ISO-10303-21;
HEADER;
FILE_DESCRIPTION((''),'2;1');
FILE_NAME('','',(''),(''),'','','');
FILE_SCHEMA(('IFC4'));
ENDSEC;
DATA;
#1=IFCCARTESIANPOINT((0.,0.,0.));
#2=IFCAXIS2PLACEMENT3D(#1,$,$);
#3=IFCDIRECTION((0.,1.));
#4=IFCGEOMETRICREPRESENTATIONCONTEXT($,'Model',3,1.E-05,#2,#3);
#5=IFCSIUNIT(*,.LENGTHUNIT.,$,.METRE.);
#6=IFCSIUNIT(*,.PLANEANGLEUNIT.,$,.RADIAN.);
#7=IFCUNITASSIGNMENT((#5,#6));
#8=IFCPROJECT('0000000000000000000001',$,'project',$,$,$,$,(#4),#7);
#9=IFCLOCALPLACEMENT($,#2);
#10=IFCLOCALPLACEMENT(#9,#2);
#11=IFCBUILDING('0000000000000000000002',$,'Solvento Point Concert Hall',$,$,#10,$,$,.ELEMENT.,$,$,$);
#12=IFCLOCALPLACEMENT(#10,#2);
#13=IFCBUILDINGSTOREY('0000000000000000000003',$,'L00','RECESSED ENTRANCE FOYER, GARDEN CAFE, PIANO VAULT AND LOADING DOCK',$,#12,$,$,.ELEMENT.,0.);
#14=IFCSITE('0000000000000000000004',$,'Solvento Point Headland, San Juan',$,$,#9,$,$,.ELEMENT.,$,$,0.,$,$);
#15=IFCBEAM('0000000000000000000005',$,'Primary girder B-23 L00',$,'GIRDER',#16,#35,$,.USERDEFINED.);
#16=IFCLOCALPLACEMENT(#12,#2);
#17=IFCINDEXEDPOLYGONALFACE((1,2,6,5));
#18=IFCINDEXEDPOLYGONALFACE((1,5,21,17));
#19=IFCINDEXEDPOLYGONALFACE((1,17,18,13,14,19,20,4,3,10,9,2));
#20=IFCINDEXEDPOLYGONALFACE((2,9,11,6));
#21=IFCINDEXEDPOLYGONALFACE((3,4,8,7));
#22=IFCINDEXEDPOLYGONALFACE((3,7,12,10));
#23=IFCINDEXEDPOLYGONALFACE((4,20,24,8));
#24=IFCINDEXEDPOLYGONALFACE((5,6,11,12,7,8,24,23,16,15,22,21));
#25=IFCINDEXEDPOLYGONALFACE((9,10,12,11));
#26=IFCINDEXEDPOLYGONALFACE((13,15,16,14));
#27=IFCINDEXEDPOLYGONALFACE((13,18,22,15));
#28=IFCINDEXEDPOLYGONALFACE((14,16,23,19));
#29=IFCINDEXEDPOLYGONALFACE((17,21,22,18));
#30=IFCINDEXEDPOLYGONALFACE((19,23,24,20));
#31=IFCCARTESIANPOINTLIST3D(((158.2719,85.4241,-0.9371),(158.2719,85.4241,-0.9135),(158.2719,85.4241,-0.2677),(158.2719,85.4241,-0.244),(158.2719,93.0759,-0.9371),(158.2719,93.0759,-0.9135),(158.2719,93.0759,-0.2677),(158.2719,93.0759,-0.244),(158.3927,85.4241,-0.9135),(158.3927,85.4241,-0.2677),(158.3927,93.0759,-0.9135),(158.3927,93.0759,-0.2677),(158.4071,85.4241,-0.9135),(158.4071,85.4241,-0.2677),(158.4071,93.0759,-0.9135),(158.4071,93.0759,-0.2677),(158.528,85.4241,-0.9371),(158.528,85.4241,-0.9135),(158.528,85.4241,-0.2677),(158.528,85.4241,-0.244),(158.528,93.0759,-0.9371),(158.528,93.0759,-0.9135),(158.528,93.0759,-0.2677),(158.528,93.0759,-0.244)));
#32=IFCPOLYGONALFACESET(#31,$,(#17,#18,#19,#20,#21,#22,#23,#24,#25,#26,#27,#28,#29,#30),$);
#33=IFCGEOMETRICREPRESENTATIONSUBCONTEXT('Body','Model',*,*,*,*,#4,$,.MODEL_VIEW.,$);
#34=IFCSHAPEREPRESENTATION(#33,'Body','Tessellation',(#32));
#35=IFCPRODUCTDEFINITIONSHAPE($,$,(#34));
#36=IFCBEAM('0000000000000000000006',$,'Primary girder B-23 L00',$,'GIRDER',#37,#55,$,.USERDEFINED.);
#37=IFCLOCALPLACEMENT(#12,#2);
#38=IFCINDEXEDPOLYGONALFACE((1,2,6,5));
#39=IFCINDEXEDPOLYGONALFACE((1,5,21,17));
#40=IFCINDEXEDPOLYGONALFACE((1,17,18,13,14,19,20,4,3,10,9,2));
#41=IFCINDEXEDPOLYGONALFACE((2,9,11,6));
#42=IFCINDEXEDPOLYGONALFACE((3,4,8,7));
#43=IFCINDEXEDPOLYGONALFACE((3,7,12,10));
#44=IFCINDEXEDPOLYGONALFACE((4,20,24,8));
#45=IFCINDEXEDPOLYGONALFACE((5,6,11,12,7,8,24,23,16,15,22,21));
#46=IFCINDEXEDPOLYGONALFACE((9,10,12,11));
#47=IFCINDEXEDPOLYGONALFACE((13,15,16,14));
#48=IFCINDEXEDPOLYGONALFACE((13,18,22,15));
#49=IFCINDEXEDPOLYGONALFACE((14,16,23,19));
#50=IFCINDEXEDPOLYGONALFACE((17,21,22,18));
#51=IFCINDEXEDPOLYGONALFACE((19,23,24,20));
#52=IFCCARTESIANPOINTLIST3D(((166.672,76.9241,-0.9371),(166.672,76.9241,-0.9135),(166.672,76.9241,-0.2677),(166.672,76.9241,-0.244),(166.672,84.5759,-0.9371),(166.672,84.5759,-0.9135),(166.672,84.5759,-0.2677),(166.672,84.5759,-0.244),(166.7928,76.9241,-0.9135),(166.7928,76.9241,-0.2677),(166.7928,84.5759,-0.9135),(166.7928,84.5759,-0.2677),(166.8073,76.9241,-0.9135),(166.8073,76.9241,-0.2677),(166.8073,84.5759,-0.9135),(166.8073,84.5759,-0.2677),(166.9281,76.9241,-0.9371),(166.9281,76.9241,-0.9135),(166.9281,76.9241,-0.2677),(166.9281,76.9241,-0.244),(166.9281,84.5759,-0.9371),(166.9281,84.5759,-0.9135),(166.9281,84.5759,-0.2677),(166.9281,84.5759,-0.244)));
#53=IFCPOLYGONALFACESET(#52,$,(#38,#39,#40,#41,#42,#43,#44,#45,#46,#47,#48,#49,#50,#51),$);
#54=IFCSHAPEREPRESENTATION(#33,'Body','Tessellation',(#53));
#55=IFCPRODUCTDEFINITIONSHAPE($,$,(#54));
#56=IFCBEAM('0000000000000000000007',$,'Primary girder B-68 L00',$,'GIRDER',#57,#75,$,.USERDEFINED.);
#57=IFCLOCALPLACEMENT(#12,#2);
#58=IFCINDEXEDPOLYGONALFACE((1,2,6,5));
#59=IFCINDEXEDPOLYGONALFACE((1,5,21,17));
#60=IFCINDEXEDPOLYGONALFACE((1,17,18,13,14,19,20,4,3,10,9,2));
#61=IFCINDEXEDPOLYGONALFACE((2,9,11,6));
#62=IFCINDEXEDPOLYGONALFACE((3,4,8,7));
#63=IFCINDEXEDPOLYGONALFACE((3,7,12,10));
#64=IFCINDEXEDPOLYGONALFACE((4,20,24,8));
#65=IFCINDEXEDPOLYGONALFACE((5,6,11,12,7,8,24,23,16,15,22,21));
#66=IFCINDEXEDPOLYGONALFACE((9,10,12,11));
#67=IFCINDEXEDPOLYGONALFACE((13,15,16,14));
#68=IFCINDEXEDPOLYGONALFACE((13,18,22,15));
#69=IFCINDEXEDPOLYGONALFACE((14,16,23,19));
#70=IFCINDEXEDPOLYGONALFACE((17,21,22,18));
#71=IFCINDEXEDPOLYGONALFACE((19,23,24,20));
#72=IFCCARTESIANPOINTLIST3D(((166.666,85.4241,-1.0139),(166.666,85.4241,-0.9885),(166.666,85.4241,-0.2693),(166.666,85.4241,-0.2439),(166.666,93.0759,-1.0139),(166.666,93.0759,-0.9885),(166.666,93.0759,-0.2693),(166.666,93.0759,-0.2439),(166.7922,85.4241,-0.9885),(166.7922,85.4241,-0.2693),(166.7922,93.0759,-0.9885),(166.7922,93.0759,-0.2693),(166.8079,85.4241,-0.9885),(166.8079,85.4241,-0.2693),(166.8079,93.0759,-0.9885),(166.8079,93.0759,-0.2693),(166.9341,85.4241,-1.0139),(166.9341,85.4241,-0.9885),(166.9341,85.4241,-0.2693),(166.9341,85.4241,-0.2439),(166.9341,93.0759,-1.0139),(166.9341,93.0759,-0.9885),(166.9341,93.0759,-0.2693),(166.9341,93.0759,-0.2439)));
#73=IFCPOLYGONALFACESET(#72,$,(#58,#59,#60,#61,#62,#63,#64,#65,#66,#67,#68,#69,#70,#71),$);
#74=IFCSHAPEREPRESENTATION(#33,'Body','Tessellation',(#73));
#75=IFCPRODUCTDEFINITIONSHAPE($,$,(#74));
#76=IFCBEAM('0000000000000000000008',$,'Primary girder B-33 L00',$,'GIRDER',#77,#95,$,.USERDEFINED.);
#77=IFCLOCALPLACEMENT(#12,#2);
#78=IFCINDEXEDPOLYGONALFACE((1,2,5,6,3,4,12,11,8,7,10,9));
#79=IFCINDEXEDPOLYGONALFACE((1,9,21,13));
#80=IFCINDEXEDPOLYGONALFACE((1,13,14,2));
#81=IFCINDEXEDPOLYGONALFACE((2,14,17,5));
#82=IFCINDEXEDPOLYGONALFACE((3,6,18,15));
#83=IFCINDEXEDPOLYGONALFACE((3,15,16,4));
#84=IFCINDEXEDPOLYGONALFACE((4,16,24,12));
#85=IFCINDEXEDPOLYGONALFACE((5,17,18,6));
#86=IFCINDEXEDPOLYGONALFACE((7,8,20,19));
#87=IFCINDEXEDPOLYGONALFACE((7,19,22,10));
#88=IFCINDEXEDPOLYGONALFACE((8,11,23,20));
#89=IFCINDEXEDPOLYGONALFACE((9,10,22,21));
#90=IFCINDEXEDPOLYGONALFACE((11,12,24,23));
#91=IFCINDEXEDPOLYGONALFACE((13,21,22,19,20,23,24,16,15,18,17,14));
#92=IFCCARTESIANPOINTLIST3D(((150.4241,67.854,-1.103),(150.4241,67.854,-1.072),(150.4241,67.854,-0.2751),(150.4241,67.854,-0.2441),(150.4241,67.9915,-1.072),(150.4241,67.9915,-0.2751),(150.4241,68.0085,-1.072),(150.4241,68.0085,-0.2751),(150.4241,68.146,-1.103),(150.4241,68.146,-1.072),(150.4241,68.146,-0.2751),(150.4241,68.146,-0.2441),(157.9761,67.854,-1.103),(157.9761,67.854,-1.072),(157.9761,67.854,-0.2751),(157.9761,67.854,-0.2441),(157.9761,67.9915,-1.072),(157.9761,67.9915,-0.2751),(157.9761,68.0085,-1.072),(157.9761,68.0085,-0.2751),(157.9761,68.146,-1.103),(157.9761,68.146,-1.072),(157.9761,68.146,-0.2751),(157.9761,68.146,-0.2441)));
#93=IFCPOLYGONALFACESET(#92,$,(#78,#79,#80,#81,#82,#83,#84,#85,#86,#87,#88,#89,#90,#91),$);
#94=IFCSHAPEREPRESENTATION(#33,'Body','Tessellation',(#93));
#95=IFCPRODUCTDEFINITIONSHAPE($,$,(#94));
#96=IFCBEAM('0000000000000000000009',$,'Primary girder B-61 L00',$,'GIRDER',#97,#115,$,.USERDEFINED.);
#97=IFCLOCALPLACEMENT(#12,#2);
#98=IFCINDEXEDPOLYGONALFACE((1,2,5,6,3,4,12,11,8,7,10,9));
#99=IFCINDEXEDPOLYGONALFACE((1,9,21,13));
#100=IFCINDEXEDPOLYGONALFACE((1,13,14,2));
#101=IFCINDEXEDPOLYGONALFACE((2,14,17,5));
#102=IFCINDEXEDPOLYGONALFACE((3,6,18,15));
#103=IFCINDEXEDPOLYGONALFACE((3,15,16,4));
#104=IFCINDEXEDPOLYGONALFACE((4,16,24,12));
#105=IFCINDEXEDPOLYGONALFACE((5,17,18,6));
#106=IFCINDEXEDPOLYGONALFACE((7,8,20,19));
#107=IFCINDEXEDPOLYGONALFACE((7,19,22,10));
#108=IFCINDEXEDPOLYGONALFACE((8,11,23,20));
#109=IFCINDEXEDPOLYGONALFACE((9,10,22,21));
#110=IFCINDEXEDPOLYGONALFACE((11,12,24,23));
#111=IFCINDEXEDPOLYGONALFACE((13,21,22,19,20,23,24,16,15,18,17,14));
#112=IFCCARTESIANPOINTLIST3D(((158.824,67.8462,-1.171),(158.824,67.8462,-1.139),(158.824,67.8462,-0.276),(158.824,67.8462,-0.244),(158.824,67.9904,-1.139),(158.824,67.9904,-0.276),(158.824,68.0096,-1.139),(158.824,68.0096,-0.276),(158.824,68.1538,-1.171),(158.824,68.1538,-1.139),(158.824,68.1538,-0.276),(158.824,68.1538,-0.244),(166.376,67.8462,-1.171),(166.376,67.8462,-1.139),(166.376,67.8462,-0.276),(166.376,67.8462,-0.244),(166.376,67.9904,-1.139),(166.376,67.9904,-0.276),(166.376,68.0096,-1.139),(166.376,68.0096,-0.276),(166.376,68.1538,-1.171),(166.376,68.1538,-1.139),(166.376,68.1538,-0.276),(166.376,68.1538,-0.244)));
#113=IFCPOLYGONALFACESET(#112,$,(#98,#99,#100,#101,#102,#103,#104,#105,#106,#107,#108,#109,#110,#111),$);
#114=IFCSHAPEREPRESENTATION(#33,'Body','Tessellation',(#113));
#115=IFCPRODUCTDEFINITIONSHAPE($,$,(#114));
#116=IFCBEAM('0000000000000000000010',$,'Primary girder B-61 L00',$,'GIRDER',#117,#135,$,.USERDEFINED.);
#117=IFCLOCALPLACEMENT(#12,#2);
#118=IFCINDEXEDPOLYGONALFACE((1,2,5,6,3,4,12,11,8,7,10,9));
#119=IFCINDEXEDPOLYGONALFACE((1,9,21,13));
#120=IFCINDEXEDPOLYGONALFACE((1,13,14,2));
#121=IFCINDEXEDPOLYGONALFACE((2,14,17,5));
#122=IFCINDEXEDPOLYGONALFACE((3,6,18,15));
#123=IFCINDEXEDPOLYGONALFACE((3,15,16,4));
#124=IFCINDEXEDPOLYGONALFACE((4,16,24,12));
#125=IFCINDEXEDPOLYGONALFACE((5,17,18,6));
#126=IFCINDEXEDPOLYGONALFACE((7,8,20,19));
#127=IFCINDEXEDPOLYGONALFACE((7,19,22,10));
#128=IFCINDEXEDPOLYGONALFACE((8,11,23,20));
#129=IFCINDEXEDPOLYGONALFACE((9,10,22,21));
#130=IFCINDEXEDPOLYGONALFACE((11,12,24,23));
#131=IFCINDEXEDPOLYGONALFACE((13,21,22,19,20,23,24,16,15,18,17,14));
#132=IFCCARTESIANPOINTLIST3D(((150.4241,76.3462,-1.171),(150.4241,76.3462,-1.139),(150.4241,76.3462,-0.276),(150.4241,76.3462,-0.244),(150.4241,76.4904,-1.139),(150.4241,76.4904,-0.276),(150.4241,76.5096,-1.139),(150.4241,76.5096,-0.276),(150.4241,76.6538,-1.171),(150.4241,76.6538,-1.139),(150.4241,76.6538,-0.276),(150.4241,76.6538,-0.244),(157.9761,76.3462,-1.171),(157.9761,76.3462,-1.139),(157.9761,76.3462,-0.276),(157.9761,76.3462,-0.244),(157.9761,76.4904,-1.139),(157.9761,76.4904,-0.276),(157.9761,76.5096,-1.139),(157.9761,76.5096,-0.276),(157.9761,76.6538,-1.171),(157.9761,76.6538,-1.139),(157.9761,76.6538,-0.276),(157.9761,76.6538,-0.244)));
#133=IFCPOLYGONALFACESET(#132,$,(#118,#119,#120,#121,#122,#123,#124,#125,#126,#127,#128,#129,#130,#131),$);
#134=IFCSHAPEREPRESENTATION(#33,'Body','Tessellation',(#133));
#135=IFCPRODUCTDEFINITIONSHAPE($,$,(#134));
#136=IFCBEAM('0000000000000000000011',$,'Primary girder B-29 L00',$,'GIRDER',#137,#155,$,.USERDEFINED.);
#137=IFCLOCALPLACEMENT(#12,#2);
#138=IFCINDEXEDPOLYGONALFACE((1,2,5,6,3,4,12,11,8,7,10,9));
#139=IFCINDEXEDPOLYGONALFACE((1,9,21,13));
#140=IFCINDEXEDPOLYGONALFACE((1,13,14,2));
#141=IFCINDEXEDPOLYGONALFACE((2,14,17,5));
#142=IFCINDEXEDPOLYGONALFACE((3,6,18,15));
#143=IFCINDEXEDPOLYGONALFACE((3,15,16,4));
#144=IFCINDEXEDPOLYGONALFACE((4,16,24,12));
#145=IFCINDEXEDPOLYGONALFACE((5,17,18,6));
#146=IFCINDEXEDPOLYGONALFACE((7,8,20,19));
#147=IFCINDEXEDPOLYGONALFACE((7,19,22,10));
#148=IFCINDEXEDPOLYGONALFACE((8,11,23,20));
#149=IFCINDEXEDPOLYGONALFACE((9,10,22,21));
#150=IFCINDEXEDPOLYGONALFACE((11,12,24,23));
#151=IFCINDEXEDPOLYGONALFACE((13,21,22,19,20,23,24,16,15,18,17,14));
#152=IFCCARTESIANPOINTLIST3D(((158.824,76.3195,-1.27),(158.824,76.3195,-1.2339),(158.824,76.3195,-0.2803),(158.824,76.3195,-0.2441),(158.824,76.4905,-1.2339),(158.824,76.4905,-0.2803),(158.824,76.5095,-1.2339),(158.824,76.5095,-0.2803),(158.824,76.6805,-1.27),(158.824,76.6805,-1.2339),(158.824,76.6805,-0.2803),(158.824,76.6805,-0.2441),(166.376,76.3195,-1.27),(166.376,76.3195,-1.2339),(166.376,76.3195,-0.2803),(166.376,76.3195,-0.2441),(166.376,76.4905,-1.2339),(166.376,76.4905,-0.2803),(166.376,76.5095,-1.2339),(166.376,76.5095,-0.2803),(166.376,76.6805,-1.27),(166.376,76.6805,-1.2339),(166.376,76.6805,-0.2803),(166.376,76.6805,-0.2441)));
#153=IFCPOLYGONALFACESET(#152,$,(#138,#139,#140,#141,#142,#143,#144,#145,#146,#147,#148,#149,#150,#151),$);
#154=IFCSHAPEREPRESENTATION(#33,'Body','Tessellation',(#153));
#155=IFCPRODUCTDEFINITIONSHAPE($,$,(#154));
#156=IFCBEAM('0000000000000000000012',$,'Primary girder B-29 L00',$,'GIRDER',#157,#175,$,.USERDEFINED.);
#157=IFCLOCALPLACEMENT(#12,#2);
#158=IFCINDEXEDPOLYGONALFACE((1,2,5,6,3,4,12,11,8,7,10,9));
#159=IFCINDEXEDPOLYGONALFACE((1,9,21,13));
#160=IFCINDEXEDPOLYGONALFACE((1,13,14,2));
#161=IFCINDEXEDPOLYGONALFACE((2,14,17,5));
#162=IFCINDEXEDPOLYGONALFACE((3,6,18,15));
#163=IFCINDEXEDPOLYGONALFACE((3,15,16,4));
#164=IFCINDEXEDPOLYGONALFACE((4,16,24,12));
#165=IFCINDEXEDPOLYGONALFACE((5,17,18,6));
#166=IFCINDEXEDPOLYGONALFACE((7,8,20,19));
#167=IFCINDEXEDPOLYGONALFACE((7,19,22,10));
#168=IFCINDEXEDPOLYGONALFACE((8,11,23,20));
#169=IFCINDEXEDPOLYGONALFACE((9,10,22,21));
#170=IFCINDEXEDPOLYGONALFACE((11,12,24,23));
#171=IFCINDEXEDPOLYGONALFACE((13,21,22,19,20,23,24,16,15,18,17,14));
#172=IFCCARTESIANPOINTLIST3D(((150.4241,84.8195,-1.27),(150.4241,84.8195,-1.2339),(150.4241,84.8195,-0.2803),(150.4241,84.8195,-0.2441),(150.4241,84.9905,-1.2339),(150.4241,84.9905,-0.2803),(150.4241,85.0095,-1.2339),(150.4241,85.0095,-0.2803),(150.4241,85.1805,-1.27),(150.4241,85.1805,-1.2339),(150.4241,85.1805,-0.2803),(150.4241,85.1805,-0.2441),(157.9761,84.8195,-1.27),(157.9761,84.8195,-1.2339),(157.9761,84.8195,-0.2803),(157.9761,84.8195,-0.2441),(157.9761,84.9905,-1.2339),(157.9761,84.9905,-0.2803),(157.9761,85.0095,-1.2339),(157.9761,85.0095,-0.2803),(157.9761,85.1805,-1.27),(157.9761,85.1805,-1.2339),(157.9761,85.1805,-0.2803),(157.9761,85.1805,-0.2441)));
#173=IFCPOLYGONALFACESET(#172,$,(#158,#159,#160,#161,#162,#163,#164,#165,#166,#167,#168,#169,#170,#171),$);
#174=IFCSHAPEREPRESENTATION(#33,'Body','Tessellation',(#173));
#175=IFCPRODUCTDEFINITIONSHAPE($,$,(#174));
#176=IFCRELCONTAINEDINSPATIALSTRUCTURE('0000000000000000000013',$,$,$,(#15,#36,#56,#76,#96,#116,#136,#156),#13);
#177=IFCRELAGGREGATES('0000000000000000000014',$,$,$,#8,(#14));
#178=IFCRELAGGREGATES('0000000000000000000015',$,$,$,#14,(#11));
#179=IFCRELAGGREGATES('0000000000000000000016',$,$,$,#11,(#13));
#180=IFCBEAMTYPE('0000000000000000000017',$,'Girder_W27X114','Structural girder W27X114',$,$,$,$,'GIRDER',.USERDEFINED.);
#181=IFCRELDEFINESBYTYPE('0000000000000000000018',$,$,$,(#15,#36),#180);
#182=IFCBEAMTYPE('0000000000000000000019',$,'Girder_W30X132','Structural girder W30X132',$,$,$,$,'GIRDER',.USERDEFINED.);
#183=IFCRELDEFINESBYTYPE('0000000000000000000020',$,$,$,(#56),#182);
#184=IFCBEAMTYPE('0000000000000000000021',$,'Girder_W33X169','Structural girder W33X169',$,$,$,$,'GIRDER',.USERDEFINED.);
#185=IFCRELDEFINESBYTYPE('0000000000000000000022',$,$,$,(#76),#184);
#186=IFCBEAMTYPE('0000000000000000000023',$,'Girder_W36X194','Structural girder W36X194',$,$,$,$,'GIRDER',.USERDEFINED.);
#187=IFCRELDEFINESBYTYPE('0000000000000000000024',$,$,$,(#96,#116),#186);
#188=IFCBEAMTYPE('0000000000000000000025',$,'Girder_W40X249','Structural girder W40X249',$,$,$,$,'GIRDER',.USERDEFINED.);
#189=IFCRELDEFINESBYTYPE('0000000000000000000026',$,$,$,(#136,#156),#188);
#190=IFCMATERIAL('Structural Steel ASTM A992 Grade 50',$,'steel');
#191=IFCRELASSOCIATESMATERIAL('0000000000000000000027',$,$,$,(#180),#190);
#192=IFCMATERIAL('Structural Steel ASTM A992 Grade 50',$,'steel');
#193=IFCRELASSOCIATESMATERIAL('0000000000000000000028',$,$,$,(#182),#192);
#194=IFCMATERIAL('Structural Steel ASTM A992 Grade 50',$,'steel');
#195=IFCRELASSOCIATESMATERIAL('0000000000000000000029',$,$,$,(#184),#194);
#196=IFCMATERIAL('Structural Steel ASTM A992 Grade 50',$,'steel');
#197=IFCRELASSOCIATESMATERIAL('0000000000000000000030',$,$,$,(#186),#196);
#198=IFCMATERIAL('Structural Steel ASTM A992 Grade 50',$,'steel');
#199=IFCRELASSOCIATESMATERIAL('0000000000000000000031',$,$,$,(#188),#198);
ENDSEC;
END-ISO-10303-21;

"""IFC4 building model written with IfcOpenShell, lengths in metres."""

from ifc_helpers import new_model, si_unit, direction, frame, origin, origin_2d, place, context, subcontext, project, spatial, i_section, extrude, material, material_profile, profile_set, type_object, element, save


model = new_model("IFC4")

# Units and contexts
model_context = context("Model", 3, precision=1e-05, world=origin(), true_north=direction((0.0, 1.0)))
body_context = subcontext(model_context, "Body", "Model", "MODEL_VIEW")
ifc_project = project(units=[si_unit("LENGTHUNIT", "METRE"), si_unit("PLANEANGLEUNIT", "RADIAN")], contexts=[model_context])

# Site, building, storey
site_placement = place(None, origin())
site = spatial("IfcSite", under=ifc_project, at=site_placement, Name="Solvento Point Headland, San Juan", CompositionType="ELEMENT", RefElevation=0.0)
building_placement = place(site_placement, origin())
building = spatial("IfcBuilding", under=site, at=building_placement, Name="Solvento Point Concert Hall", CompositionType="ELEMENT")
storey_placement = place(building_placement, origin())
storey = spatial("IfcBuildingStorey", under=building, at=storey_placement, Name="L00", Description="RECESSED ENTRANCE FOYER, GARDEN CAFE, PIANO VAULT AND LOADING DOCK", CompositionType="ELEMENT", Elevation=0.0)

# Beams
ifc_material_1 = material(Name="Structural Steel ASTM A992 Grade 50", Category="steel")
ifc_material_profile_1 = material_profile(ifc_material_1, i_section(OverallWidth=0.2561, OverallDepth=0.6931, WebThickness=0.0144, FlangeThickness=0.0237, at=origin_2d()), Name="W27X114")
ifc_profile_set_1 = profile_set([ifc_material_profile_1], Name="Structural Steel ASTM A992 Grade 50")
beam_type_1 = type_object("IfcBeamType", Name="Girder_W27X114", Description="Structural girder W27X114", ElementType="GIRDER", PredefinedType="USERDEFINED", material=ifc_profile_set_1)
for number, where, z_axis, x_axis, name in (
    (1, (158.3999, 85.4241, -0.5906), (0.0, 1.0, 0.0), (-1.0, 0.0, 0.0), "Primary girder B-23 L00"),
    (2, (166.8, 76.9241, -0.5906), (0.0, 1.0, 0.0), (-1.0, 0.0, 0.0), "Primary girder B-23 L00"),
):
    element("IfcBeam", number, at=place(storey_placement, frame(where, z_axis=z_axis, x_axis=x_axis)), inside=storey, type_object=beam_type_1, Name=name, ObjectType="GIRDER", PredefinedType="USERDEFINED", context=body_context, shape_type="SweptSolid", body=[
        extrude(i_section(OverallWidth=0.2561, OverallDepth=0.6931, WebThickness=0.0144, FlangeThickness=0.0237, at=origin_2d()), origin(), (0.0, 0.0, 1.0), 7.6519),
    ])
ifc_material_2 = material(Name="Structural Steel ASTM A992 Grade 50", Category="steel")
ifc_material_profile_2 = material_profile(ifc_material_2, i_section(OverallWidth=0.2681, OverallDepth=0.77, WebThickness=0.0156, FlangeThickness=0.0254, at=origin_2d()), Name="W30X132")
ifc_profile_set_2 = profile_set([ifc_material_profile_2], Name="Structural Steel ASTM A992 Grade 50")
beam_type_2 = type_object("IfcBeamType", Name="Girder_W30X132", Description="Structural girder W30X132", ElementType="GIRDER", PredefinedType="USERDEFINED", material=ifc_profile_set_2)
beam_1_placement = place(storey_placement, frame((166.8, 85.4241, -0.6289), z_axis=(0.0, 1.0, 0.0), x_axis=(-1.0, 0.0, 0.0)))
element("IfcBeam", 3, at=beam_1_placement, inside=storey, type_object=beam_type_2, Name="Primary girder B-68 L00", ObjectType="GIRDER", PredefinedType="USERDEFINED", context=body_context, shape_type="SweptSolid", body=[
    extrude(i_section(OverallWidth=0.2681, OverallDepth=0.77, WebThickness=0.0156, FlangeThickness=0.0254, at=origin_2d()), origin(), (0.0, 0.0, 1.0), 7.6519),
])
ifc_material_3 = material(Name="Structural Steel ASTM A992 Grade 50", Category="steel")
ifc_material_profile_3 = material_profile(ifc_material_3, i_section(OverallWidth=0.292, OverallDepth=0.8589, WebThickness=0.0171, FlangeThickness=0.031, at=origin_2d()), Name="W33X169")
ifc_profile_set_3 = profile_set([ifc_material_profile_3], Name="Structural Steel ASTM A992 Grade 50")
beam_type_3 = type_object("IfcBeamType", Name="Girder_W33X169", Description="Structural girder W33X169", ElementType="GIRDER", PredefinedType="USERDEFINED", material=ifc_profile_set_3)
beam_2_placement = place(storey_placement, frame((150.4241, 68.0, -0.6736), z_axis=(1.0, 0.0, 0.0), x_axis=(0.0, 1.0, 0.0)))
element("IfcBeam", 4, at=beam_2_placement, inside=storey, type_object=beam_type_3, Name="Primary girder B-33 L00", ObjectType="GIRDER", PredefinedType="USERDEFINED", context=body_context, shape_type="SweptSolid", body=[
    extrude(i_section(OverallWidth=0.292, OverallDepth=0.8589, WebThickness=0.0171, FlangeThickness=0.031, at=origin_2d()), origin(), (0.0, 0.0, 1.0), 7.552),
])
ifc_material_4 = material(Name="Structural Steel ASTM A992 Grade 50", Category="steel")
ifc_material_profile_4 = material_profile(ifc_material_4, i_section(OverallWidth=0.3076, OverallDepth=0.927, WebThickness=0.0193, FlangeThickness=0.032, at=origin_2d()), Name="W36X194")
ifc_profile_set_4 = profile_set([ifc_material_profile_4], Name="Structural Steel ASTM A992 Grade 50")
beam_type_4 = type_object("IfcBeamType", Name="Girder_W36X194", Description="Structural girder W36X194", ElementType="GIRDER", PredefinedType="USERDEFINED", material=ifc_profile_set_4)
for number, where, z_axis, x_axis, name in (
    (5, (158.824, 68.0, -0.7075), (1.0, 0.0, 0.0), (0.0, 1.0, 0.0), "Primary girder B-61 L00"),
    (6, (150.4241, 76.5, -0.7075), (1.0, 0.0, 0.0), (0.0, 1.0, 0.0), "Primary girder B-61 L00"),
):
    element("IfcBeam", number, at=place(storey_placement, frame(where, z_axis=z_axis, x_axis=x_axis)), inside=storey, type_object=beam_type_4, Name=name, ObjectType="GIRDER", PredefinedType="USERDEFINED", context=body_context, shape_type="SweptSolid", body=[
        extrude(i_section(OverallWidth=0.3076, OverallDepth=0.927, WebThickness=0.0193, FlangeThickness=0.032, at=origin_2d()), origin(), (0.0, 0.0, 1.0), 7.552),
    ])
ifc_material_5 = material(Name="Structural Steel ASTM A992 Grade 50", Category="steel")
ifc_material_profile_5 = material_profile(ifc_material_5, i_section(OverallWidth=0.3611, OverallDepth=1.0259, WebThickness=0.019, FlangeThickness=0.0361, at=origin_2d()), Name="W40X249")
ifc_profile_set_5 = profile_set([ifc_material_profile_5], Name="Structural Steel ASTM A992 Grade 50")
beam_type_5 = type_object("IfcBeamType", Name="Girder_W40X249", Description="Structural girder W40X249", ElementType="GIRDER", PredefinedType="USERDEFINED", material=ifc_profile_set_5)
for number, where, z_axis, x_axis, name in (
    (7, (158.824, 76.5, -0.7571), (1.0, 0.0, 0.0), (0.0, 1.0, 0.0), "Primary girder B-29 L00"),
    (8, (150.4241, 85.0, -0.7571), (1.0, 0.0, 0.0), (0.0, 1.0, 0.0), "Primary girder B-29 L00"),
):
    element("IfcBeam", number, at=place(storey_placement, frame(where, z_axis=z_axis, x_axis=x_axis)), inside=storey, type_object=beam_type_5, Name=name, ObjectType="GIRDER", PredefinedType="USERDEFINED", context=body_context, shape_type="SweptSolid", body=[
        extrude(i_section(OverallWidth=0.3611, OverallDepth=1.0259, WebThickness=0.019, FlangeThickness=0.0361, at=origin_2d()), origin(), (0.0, 0.0, 1.0), 7.552),
    ])

save(model, "model.ifc")
